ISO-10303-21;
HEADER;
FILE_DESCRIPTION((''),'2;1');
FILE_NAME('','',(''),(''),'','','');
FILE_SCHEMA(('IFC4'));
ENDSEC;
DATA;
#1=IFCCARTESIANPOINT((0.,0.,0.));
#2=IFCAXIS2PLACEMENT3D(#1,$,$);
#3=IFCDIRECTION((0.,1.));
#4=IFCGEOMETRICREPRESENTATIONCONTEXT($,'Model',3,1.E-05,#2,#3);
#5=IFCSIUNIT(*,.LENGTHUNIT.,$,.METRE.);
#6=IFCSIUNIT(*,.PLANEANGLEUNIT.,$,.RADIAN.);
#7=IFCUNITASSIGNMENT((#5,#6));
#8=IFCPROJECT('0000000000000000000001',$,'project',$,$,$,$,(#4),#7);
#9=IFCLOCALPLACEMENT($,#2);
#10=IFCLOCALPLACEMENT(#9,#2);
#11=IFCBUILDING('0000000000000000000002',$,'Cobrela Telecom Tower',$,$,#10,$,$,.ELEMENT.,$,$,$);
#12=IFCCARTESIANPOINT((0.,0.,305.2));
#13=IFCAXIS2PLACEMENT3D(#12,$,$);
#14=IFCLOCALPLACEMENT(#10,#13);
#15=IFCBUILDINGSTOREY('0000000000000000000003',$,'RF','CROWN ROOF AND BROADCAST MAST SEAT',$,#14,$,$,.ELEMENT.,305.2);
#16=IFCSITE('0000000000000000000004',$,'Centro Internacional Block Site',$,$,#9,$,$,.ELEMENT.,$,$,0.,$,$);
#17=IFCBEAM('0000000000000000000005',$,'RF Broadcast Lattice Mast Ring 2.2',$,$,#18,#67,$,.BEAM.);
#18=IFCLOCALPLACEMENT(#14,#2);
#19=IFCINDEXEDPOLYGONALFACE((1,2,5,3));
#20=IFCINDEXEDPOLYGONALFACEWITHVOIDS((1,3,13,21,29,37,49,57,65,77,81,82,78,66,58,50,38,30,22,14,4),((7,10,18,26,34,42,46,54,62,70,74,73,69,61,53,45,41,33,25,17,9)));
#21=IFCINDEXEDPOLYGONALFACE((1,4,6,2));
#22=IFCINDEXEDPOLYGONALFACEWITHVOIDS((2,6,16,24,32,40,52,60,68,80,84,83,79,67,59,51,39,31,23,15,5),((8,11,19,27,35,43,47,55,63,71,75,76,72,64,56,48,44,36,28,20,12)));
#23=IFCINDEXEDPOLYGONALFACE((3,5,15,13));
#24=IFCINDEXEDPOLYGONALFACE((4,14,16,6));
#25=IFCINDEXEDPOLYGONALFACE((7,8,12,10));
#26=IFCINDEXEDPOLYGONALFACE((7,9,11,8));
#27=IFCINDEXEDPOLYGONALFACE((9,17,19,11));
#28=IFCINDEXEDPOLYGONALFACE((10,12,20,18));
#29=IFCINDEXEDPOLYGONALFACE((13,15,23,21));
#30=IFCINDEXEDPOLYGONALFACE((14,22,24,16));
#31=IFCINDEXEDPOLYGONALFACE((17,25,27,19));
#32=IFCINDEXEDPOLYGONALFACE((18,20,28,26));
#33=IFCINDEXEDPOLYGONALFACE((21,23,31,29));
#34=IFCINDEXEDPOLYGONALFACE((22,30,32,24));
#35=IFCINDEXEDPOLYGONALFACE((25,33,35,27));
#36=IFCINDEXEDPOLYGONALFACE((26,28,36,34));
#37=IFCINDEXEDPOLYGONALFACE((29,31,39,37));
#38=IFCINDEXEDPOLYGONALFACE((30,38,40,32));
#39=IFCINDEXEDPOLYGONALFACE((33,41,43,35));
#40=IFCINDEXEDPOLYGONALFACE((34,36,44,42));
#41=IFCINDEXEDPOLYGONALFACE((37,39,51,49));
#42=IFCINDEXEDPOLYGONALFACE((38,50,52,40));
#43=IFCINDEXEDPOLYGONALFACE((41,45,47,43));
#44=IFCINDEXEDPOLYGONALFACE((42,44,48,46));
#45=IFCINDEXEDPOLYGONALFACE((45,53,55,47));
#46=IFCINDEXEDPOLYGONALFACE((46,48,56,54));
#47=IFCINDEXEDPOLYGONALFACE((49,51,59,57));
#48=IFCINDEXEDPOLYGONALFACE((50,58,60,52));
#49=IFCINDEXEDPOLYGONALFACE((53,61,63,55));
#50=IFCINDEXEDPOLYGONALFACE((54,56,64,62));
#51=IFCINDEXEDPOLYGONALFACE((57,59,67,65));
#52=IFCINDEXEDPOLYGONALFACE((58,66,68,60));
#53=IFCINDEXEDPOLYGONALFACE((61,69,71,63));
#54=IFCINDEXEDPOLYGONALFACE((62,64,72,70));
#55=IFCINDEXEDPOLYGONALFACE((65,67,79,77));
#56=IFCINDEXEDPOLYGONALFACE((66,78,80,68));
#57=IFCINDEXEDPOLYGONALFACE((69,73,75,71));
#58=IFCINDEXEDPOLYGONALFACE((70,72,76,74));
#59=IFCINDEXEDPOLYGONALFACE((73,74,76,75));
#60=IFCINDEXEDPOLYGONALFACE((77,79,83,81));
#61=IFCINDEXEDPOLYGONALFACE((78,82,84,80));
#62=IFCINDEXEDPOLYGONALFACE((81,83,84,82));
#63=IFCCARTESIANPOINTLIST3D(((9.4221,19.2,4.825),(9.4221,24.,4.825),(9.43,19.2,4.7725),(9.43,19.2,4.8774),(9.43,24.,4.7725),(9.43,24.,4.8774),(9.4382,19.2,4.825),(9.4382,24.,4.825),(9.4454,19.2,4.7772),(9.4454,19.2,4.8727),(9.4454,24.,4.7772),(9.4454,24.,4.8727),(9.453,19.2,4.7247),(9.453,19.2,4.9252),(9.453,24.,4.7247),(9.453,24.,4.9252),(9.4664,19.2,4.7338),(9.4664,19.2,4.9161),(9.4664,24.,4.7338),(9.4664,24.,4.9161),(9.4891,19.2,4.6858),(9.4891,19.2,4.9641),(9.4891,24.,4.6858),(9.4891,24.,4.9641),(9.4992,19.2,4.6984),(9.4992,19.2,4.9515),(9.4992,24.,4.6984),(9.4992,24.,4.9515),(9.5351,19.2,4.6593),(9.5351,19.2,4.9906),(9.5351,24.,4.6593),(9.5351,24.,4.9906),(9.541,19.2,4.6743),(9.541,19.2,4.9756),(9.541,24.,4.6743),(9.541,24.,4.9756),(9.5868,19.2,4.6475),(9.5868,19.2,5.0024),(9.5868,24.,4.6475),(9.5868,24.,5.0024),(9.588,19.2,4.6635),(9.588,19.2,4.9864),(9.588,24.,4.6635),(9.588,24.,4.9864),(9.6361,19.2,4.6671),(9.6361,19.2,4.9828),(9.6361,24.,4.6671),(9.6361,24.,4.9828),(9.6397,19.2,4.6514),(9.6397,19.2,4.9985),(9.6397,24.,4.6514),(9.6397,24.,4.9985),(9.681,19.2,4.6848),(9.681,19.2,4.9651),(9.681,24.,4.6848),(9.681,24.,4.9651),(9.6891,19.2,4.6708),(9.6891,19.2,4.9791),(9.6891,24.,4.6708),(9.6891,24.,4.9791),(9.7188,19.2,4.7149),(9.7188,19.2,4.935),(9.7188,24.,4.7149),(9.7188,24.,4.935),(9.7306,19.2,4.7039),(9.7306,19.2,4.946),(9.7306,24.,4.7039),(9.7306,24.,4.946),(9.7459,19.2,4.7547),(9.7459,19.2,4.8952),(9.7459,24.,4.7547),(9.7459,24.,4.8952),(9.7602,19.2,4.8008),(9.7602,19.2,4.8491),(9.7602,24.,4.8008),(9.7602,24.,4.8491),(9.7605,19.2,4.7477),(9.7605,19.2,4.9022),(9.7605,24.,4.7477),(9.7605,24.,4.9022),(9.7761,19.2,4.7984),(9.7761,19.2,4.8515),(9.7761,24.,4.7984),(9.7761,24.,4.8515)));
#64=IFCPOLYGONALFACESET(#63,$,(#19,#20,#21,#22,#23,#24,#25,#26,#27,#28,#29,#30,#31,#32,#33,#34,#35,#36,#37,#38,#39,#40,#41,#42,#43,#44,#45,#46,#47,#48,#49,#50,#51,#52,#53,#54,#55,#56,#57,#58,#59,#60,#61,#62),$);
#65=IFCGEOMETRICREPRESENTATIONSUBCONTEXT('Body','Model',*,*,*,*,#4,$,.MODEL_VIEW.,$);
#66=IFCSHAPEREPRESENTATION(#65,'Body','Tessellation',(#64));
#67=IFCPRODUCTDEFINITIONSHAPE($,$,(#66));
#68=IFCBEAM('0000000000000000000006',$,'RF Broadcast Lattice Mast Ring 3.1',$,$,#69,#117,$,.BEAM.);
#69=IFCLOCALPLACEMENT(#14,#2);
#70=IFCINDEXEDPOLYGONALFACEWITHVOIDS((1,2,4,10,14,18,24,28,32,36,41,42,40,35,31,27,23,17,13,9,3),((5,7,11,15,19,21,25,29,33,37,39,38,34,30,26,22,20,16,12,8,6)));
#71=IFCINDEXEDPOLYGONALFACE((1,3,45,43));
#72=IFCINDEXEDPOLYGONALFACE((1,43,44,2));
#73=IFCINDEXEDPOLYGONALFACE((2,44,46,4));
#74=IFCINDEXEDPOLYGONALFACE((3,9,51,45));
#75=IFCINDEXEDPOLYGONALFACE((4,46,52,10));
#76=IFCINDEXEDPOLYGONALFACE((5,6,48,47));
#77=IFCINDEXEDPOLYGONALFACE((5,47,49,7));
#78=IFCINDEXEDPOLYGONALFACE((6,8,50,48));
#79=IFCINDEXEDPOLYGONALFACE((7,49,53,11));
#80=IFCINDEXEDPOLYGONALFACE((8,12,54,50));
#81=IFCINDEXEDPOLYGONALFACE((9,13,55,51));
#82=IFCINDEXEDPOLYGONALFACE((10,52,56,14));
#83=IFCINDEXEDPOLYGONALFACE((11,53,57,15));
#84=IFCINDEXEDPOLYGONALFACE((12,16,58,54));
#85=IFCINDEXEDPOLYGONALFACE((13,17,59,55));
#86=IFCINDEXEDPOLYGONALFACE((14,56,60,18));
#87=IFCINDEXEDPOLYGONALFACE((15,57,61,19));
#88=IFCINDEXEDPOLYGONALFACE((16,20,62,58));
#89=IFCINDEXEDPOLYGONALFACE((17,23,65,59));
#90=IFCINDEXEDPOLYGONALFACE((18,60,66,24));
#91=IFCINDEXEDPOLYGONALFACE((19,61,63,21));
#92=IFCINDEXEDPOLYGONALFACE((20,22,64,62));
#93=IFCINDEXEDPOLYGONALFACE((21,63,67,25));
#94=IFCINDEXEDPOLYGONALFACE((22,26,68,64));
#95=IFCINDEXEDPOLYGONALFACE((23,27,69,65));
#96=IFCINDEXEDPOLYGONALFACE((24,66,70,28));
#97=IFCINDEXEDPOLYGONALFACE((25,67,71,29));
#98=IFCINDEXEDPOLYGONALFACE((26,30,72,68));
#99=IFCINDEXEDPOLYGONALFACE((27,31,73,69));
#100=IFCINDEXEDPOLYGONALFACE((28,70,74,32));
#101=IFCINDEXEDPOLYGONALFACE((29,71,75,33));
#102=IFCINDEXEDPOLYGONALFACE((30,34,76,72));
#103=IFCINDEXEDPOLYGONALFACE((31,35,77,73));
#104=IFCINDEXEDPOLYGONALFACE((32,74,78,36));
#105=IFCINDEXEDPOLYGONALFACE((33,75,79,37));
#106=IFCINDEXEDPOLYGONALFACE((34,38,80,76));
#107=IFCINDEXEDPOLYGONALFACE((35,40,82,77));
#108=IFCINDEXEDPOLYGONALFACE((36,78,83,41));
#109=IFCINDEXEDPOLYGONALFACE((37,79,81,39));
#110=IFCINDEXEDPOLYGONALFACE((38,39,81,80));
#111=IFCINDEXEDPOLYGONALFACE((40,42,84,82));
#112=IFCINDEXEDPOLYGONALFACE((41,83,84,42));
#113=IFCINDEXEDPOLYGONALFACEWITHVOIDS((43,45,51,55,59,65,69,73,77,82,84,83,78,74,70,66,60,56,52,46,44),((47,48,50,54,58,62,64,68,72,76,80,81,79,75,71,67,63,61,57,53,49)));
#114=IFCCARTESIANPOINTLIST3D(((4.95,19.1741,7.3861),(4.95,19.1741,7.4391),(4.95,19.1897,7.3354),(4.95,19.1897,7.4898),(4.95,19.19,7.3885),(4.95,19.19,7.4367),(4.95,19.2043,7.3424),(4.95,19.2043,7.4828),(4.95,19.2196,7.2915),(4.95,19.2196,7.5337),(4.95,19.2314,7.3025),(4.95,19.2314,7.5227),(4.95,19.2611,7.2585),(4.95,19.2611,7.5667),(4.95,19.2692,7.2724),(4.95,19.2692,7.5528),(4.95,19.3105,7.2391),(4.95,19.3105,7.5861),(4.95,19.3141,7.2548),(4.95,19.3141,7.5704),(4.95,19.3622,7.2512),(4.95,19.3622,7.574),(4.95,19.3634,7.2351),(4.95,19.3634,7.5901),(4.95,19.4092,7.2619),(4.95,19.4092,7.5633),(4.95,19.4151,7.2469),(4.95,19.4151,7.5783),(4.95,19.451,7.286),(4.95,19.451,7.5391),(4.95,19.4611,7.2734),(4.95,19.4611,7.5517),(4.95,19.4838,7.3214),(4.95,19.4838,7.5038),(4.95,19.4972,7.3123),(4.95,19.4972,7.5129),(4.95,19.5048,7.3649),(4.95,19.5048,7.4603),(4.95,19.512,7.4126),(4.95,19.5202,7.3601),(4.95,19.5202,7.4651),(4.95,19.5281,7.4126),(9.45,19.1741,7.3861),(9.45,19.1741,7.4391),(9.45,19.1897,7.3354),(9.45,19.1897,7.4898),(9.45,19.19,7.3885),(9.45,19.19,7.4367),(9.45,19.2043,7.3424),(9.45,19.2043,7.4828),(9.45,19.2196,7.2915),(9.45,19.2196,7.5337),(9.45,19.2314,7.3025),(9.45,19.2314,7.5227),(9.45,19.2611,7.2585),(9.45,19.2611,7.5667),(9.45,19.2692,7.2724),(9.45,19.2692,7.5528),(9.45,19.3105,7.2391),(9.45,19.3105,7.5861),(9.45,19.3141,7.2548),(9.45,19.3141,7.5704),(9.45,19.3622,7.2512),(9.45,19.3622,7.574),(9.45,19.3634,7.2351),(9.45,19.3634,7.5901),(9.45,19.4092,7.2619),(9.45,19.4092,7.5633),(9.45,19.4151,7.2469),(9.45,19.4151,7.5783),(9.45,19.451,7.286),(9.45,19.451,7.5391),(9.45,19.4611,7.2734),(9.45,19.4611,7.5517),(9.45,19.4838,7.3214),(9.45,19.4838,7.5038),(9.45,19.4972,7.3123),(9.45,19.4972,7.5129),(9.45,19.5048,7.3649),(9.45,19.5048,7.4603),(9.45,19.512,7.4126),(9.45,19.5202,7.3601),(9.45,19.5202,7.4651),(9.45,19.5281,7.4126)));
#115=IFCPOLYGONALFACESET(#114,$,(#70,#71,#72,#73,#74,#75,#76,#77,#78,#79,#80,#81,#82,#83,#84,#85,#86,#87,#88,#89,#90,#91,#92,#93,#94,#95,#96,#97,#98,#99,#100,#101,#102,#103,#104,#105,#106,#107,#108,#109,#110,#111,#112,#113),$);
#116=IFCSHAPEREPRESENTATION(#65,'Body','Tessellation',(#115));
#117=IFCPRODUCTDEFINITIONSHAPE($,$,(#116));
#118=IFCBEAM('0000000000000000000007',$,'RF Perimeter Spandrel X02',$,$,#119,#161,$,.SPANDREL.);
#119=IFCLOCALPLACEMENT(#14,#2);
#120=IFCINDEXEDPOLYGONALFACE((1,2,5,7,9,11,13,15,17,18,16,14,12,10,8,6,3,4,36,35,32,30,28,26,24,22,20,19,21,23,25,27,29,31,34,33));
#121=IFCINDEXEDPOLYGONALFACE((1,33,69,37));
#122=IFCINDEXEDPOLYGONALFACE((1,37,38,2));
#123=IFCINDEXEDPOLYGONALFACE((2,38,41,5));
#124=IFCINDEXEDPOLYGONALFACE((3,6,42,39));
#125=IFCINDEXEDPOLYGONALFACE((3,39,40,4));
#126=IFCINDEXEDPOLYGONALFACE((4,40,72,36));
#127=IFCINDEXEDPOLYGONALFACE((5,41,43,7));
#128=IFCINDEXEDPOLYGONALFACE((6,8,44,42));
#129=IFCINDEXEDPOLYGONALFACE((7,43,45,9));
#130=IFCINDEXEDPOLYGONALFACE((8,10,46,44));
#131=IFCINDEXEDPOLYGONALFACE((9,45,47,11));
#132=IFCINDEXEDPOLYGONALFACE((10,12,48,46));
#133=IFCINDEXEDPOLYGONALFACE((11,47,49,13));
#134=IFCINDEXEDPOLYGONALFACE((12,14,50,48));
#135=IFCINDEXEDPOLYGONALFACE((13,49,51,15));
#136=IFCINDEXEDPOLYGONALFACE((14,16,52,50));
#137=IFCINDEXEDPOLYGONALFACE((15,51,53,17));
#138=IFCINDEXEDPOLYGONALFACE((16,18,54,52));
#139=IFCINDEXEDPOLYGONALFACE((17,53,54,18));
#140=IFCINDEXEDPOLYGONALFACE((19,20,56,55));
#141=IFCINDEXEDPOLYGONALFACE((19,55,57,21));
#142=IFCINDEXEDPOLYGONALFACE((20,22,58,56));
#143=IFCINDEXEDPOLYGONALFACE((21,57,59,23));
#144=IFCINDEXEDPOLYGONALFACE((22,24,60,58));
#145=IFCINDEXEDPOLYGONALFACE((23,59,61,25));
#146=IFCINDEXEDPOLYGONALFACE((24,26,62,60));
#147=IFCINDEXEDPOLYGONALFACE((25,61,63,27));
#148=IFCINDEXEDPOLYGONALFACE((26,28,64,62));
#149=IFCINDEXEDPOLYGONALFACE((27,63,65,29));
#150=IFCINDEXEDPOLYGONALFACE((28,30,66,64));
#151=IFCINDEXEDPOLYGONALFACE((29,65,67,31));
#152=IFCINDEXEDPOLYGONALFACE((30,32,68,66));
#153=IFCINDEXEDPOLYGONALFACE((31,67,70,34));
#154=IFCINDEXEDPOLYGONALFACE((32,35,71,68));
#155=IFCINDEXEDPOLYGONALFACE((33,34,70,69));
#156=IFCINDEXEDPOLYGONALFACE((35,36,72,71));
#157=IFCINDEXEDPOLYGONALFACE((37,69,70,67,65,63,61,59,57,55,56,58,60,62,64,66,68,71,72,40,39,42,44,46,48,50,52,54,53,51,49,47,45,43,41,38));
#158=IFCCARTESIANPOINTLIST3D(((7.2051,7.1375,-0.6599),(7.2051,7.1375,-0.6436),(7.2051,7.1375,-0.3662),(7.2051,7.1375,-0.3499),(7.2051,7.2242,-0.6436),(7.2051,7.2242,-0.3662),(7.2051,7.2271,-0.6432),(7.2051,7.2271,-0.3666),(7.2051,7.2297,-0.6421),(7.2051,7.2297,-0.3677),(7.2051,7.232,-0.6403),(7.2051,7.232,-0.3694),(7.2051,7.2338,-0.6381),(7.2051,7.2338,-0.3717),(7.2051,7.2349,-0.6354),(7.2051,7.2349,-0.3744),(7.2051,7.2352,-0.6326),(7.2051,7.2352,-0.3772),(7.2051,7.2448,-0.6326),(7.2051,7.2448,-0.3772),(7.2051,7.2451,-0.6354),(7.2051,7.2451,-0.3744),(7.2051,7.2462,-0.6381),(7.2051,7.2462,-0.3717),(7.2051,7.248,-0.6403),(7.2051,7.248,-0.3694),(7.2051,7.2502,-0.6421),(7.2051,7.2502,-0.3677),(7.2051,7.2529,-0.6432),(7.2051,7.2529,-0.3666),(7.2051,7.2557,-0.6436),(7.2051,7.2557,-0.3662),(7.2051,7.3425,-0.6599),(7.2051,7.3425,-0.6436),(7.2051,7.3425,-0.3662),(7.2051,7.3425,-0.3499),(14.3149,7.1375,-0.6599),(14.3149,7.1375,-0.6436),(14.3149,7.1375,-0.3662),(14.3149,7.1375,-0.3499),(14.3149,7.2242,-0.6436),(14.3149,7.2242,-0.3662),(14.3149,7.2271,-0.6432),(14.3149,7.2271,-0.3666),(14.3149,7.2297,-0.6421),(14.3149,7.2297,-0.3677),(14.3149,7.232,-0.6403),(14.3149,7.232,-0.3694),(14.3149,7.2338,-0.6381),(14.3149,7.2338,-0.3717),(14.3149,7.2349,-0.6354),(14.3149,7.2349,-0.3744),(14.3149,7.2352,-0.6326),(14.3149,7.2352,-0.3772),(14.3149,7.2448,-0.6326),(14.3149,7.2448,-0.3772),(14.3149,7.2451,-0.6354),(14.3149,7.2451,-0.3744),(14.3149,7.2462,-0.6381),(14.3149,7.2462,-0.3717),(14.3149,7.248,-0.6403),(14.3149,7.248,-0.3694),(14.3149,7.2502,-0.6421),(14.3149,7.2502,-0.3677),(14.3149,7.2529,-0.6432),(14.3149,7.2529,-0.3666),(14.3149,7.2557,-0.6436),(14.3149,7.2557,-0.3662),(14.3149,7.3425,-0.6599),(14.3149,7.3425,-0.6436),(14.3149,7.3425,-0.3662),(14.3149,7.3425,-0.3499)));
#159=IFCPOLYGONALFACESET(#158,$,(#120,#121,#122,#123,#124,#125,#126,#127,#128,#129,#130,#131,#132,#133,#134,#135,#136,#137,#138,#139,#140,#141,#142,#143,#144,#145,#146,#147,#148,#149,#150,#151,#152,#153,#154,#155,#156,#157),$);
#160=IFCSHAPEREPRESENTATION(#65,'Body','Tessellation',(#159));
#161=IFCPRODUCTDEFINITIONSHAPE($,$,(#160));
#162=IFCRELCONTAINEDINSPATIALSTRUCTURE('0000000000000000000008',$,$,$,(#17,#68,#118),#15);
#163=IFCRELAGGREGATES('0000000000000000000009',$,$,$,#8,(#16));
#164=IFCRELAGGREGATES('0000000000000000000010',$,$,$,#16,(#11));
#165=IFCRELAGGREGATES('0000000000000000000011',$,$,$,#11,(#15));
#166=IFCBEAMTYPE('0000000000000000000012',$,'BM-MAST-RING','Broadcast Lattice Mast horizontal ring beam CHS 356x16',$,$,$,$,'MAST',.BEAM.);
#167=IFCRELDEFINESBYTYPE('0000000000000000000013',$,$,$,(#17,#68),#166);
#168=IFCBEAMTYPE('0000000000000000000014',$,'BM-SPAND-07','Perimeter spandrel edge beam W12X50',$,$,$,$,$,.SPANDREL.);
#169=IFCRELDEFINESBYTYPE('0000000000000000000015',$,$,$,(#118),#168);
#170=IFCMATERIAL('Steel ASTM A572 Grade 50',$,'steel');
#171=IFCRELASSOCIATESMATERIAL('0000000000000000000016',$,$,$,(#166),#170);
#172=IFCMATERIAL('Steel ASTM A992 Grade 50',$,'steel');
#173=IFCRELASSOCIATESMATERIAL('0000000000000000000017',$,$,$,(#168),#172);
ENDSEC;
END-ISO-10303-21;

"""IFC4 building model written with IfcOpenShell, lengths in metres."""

from ifc_helpers import new_model, si_unit, direction, frame, origin, origin_2d, place, context, subcontext, project, spatial, hollow_circle, i_section, extrude, material, material_profile, profile_set, type_object, element, save


model = new_model("IFC4")

# Units and contexts
model_context = context("Model", 3, precision=1e-05, world=origin(), true_north=direction((0.0, 1.0)))
body_context = subcontext(model_context, "Body", "Model", "MODEL_VIEW")
ifc_project = project(units=[si_unit("LENGTHUNIT", "METRE"), si_unit("PLANEANGLEUNIT", "RADIAN")], contexts=[model_context])

# Site, building, storey
site_placement = place(None, origin())
site = spatial("IfcSite", under=ifc_project, at=site_placement, Name="Centro Internacional Block Site", CompositionType="ELEMENT", RefElevation=0.0)
building_placement = place(site_placement, origin())
building = spatial("IfcBuilding", under=site, at=building_placement, Name="Cobrela Telecom Tower", CompositionType="ELEMENT")
storey_placement = place(building_placement, frame((0.0, 0.0, 305.2)))
storey = spatial("IfcBuildingStorey", under=building, at=storey_placement, Name="RF", Description="CROWN ROOF AND BROADCAST MAST SEAT", CompositionType="ELEMENT", Elevation=305.2)

# Shared definitions
ifc_material_1 = material(Name="Steel ASTM A572 Grade 50", Category="steel")

# Beams
ifc_material_2 = material(Name="Steel ASTM A992 Grade 50", Category="steel")
ifc_material_profile_1 = material_profile(ifc_material_1, hollow_circle(Radius=0.178, WallThickness=0.0161, at=origin_2d()), Name="CHS 356x16")
ifc_profile_set_1 = profile_set([ifc_material_profile_1], Name="Steel ASTM A572 Grade 50")
beam_type_1 = type_object("IfcBeamType", Name="BM-MAST-RING", Description="Broadcast Lattice Mast horizontal ring beam CHS 356x16", ElementType="MAST", PredefinedType="BEAM", material=ifc_profile_set_1)
for number, where, z_axis, x_axis, name in (
    (1, (9.6001, 19.2, 4.825), (0.0, 1.0, 0.0), (-1.0, 0.0, 0.0), "RF Broadcast Lattice Mast Ring 2.2"),
):
    element("IfcBeam", number, at=place(storey_placement, frame(where, z_axis=z_axis, x_axis=x_axis)), inside=storey, type_object=beam_type_1, Name=name, PredefinedType="BEAM", context=body_context, shape_type="SweptSolid", body=[
        extrude(hollow_circle(Radius=0.178, WallThickness=0.0161, at=origin_2d()), origin(), (0.0, 0.0, 1.0), 4.8),
    ])
beam_1_placement = place(storey_placement, frame((4.95, 19.3501, 7.4126), z_axis=(1.0, 0.0, 0.0), x_axis=(0.0, 1.0, 0.0)))
element("IfcBeam", 2, at=beam_1_placement, inside=storey, type_object=beam_type_1, Name="RF Broadcast Lattice Mast Ring 3.1", PredefinedType="BEAM", context=body_context, shape_type="SweptSolid", body=[
    extrude(hollow_circle(Radius=0.178, WallThickness=0.0161, at=origin_2d()), origin(), (0.0, 0.0, 1.0), 4.5),
])
ifc_material_profile_2 = material_profile(ifc_material_2, i_section(OverallWidth=0.2051, OverallDepth=0.3101, WebThickness=0.0095, FlangeThickness=0.0164, FilletRadius=0.011, at=origin_2d()), Name="W12X50")
ifc_profile_set_2 = profile_set([ifc_material_profile_2], Name="Steel ASTM A992 Grade 50")
beam_type_2 = type_object("IfcBeamType", Name="BM-SPAND-07", Description="Perimeter spandrel edge beam W12X50", PredefinedType="SPANDREL", material=ifc_profile_set_2)
beam_2_placement = place(storey_placement, frame((7.2051, 7.24, -0.5049), z_axis=(1.0, 0.0, 0.0), x_axis=(0.0, 1.0, 0.0)))
element("IfcBeam", 3, at=beam_2_placement, inside=storey, type_object=beam_type_2, Name="RF Perimeter Spandrel X02", PredefinedType="SPANDREL", context=body_context, shape_type="SweptSolid", body=[
    extrude(i_section(OverallWidth=0.2051, OverallDepth=0.3101, WebThickness=0.0095, FlangeThickness=0.0164, FilletRadius=0.011, at=origin_2d()), origin(), (0.0, 0.0, 1.0), 7.1099),
])

save(model, "model.ifc")
